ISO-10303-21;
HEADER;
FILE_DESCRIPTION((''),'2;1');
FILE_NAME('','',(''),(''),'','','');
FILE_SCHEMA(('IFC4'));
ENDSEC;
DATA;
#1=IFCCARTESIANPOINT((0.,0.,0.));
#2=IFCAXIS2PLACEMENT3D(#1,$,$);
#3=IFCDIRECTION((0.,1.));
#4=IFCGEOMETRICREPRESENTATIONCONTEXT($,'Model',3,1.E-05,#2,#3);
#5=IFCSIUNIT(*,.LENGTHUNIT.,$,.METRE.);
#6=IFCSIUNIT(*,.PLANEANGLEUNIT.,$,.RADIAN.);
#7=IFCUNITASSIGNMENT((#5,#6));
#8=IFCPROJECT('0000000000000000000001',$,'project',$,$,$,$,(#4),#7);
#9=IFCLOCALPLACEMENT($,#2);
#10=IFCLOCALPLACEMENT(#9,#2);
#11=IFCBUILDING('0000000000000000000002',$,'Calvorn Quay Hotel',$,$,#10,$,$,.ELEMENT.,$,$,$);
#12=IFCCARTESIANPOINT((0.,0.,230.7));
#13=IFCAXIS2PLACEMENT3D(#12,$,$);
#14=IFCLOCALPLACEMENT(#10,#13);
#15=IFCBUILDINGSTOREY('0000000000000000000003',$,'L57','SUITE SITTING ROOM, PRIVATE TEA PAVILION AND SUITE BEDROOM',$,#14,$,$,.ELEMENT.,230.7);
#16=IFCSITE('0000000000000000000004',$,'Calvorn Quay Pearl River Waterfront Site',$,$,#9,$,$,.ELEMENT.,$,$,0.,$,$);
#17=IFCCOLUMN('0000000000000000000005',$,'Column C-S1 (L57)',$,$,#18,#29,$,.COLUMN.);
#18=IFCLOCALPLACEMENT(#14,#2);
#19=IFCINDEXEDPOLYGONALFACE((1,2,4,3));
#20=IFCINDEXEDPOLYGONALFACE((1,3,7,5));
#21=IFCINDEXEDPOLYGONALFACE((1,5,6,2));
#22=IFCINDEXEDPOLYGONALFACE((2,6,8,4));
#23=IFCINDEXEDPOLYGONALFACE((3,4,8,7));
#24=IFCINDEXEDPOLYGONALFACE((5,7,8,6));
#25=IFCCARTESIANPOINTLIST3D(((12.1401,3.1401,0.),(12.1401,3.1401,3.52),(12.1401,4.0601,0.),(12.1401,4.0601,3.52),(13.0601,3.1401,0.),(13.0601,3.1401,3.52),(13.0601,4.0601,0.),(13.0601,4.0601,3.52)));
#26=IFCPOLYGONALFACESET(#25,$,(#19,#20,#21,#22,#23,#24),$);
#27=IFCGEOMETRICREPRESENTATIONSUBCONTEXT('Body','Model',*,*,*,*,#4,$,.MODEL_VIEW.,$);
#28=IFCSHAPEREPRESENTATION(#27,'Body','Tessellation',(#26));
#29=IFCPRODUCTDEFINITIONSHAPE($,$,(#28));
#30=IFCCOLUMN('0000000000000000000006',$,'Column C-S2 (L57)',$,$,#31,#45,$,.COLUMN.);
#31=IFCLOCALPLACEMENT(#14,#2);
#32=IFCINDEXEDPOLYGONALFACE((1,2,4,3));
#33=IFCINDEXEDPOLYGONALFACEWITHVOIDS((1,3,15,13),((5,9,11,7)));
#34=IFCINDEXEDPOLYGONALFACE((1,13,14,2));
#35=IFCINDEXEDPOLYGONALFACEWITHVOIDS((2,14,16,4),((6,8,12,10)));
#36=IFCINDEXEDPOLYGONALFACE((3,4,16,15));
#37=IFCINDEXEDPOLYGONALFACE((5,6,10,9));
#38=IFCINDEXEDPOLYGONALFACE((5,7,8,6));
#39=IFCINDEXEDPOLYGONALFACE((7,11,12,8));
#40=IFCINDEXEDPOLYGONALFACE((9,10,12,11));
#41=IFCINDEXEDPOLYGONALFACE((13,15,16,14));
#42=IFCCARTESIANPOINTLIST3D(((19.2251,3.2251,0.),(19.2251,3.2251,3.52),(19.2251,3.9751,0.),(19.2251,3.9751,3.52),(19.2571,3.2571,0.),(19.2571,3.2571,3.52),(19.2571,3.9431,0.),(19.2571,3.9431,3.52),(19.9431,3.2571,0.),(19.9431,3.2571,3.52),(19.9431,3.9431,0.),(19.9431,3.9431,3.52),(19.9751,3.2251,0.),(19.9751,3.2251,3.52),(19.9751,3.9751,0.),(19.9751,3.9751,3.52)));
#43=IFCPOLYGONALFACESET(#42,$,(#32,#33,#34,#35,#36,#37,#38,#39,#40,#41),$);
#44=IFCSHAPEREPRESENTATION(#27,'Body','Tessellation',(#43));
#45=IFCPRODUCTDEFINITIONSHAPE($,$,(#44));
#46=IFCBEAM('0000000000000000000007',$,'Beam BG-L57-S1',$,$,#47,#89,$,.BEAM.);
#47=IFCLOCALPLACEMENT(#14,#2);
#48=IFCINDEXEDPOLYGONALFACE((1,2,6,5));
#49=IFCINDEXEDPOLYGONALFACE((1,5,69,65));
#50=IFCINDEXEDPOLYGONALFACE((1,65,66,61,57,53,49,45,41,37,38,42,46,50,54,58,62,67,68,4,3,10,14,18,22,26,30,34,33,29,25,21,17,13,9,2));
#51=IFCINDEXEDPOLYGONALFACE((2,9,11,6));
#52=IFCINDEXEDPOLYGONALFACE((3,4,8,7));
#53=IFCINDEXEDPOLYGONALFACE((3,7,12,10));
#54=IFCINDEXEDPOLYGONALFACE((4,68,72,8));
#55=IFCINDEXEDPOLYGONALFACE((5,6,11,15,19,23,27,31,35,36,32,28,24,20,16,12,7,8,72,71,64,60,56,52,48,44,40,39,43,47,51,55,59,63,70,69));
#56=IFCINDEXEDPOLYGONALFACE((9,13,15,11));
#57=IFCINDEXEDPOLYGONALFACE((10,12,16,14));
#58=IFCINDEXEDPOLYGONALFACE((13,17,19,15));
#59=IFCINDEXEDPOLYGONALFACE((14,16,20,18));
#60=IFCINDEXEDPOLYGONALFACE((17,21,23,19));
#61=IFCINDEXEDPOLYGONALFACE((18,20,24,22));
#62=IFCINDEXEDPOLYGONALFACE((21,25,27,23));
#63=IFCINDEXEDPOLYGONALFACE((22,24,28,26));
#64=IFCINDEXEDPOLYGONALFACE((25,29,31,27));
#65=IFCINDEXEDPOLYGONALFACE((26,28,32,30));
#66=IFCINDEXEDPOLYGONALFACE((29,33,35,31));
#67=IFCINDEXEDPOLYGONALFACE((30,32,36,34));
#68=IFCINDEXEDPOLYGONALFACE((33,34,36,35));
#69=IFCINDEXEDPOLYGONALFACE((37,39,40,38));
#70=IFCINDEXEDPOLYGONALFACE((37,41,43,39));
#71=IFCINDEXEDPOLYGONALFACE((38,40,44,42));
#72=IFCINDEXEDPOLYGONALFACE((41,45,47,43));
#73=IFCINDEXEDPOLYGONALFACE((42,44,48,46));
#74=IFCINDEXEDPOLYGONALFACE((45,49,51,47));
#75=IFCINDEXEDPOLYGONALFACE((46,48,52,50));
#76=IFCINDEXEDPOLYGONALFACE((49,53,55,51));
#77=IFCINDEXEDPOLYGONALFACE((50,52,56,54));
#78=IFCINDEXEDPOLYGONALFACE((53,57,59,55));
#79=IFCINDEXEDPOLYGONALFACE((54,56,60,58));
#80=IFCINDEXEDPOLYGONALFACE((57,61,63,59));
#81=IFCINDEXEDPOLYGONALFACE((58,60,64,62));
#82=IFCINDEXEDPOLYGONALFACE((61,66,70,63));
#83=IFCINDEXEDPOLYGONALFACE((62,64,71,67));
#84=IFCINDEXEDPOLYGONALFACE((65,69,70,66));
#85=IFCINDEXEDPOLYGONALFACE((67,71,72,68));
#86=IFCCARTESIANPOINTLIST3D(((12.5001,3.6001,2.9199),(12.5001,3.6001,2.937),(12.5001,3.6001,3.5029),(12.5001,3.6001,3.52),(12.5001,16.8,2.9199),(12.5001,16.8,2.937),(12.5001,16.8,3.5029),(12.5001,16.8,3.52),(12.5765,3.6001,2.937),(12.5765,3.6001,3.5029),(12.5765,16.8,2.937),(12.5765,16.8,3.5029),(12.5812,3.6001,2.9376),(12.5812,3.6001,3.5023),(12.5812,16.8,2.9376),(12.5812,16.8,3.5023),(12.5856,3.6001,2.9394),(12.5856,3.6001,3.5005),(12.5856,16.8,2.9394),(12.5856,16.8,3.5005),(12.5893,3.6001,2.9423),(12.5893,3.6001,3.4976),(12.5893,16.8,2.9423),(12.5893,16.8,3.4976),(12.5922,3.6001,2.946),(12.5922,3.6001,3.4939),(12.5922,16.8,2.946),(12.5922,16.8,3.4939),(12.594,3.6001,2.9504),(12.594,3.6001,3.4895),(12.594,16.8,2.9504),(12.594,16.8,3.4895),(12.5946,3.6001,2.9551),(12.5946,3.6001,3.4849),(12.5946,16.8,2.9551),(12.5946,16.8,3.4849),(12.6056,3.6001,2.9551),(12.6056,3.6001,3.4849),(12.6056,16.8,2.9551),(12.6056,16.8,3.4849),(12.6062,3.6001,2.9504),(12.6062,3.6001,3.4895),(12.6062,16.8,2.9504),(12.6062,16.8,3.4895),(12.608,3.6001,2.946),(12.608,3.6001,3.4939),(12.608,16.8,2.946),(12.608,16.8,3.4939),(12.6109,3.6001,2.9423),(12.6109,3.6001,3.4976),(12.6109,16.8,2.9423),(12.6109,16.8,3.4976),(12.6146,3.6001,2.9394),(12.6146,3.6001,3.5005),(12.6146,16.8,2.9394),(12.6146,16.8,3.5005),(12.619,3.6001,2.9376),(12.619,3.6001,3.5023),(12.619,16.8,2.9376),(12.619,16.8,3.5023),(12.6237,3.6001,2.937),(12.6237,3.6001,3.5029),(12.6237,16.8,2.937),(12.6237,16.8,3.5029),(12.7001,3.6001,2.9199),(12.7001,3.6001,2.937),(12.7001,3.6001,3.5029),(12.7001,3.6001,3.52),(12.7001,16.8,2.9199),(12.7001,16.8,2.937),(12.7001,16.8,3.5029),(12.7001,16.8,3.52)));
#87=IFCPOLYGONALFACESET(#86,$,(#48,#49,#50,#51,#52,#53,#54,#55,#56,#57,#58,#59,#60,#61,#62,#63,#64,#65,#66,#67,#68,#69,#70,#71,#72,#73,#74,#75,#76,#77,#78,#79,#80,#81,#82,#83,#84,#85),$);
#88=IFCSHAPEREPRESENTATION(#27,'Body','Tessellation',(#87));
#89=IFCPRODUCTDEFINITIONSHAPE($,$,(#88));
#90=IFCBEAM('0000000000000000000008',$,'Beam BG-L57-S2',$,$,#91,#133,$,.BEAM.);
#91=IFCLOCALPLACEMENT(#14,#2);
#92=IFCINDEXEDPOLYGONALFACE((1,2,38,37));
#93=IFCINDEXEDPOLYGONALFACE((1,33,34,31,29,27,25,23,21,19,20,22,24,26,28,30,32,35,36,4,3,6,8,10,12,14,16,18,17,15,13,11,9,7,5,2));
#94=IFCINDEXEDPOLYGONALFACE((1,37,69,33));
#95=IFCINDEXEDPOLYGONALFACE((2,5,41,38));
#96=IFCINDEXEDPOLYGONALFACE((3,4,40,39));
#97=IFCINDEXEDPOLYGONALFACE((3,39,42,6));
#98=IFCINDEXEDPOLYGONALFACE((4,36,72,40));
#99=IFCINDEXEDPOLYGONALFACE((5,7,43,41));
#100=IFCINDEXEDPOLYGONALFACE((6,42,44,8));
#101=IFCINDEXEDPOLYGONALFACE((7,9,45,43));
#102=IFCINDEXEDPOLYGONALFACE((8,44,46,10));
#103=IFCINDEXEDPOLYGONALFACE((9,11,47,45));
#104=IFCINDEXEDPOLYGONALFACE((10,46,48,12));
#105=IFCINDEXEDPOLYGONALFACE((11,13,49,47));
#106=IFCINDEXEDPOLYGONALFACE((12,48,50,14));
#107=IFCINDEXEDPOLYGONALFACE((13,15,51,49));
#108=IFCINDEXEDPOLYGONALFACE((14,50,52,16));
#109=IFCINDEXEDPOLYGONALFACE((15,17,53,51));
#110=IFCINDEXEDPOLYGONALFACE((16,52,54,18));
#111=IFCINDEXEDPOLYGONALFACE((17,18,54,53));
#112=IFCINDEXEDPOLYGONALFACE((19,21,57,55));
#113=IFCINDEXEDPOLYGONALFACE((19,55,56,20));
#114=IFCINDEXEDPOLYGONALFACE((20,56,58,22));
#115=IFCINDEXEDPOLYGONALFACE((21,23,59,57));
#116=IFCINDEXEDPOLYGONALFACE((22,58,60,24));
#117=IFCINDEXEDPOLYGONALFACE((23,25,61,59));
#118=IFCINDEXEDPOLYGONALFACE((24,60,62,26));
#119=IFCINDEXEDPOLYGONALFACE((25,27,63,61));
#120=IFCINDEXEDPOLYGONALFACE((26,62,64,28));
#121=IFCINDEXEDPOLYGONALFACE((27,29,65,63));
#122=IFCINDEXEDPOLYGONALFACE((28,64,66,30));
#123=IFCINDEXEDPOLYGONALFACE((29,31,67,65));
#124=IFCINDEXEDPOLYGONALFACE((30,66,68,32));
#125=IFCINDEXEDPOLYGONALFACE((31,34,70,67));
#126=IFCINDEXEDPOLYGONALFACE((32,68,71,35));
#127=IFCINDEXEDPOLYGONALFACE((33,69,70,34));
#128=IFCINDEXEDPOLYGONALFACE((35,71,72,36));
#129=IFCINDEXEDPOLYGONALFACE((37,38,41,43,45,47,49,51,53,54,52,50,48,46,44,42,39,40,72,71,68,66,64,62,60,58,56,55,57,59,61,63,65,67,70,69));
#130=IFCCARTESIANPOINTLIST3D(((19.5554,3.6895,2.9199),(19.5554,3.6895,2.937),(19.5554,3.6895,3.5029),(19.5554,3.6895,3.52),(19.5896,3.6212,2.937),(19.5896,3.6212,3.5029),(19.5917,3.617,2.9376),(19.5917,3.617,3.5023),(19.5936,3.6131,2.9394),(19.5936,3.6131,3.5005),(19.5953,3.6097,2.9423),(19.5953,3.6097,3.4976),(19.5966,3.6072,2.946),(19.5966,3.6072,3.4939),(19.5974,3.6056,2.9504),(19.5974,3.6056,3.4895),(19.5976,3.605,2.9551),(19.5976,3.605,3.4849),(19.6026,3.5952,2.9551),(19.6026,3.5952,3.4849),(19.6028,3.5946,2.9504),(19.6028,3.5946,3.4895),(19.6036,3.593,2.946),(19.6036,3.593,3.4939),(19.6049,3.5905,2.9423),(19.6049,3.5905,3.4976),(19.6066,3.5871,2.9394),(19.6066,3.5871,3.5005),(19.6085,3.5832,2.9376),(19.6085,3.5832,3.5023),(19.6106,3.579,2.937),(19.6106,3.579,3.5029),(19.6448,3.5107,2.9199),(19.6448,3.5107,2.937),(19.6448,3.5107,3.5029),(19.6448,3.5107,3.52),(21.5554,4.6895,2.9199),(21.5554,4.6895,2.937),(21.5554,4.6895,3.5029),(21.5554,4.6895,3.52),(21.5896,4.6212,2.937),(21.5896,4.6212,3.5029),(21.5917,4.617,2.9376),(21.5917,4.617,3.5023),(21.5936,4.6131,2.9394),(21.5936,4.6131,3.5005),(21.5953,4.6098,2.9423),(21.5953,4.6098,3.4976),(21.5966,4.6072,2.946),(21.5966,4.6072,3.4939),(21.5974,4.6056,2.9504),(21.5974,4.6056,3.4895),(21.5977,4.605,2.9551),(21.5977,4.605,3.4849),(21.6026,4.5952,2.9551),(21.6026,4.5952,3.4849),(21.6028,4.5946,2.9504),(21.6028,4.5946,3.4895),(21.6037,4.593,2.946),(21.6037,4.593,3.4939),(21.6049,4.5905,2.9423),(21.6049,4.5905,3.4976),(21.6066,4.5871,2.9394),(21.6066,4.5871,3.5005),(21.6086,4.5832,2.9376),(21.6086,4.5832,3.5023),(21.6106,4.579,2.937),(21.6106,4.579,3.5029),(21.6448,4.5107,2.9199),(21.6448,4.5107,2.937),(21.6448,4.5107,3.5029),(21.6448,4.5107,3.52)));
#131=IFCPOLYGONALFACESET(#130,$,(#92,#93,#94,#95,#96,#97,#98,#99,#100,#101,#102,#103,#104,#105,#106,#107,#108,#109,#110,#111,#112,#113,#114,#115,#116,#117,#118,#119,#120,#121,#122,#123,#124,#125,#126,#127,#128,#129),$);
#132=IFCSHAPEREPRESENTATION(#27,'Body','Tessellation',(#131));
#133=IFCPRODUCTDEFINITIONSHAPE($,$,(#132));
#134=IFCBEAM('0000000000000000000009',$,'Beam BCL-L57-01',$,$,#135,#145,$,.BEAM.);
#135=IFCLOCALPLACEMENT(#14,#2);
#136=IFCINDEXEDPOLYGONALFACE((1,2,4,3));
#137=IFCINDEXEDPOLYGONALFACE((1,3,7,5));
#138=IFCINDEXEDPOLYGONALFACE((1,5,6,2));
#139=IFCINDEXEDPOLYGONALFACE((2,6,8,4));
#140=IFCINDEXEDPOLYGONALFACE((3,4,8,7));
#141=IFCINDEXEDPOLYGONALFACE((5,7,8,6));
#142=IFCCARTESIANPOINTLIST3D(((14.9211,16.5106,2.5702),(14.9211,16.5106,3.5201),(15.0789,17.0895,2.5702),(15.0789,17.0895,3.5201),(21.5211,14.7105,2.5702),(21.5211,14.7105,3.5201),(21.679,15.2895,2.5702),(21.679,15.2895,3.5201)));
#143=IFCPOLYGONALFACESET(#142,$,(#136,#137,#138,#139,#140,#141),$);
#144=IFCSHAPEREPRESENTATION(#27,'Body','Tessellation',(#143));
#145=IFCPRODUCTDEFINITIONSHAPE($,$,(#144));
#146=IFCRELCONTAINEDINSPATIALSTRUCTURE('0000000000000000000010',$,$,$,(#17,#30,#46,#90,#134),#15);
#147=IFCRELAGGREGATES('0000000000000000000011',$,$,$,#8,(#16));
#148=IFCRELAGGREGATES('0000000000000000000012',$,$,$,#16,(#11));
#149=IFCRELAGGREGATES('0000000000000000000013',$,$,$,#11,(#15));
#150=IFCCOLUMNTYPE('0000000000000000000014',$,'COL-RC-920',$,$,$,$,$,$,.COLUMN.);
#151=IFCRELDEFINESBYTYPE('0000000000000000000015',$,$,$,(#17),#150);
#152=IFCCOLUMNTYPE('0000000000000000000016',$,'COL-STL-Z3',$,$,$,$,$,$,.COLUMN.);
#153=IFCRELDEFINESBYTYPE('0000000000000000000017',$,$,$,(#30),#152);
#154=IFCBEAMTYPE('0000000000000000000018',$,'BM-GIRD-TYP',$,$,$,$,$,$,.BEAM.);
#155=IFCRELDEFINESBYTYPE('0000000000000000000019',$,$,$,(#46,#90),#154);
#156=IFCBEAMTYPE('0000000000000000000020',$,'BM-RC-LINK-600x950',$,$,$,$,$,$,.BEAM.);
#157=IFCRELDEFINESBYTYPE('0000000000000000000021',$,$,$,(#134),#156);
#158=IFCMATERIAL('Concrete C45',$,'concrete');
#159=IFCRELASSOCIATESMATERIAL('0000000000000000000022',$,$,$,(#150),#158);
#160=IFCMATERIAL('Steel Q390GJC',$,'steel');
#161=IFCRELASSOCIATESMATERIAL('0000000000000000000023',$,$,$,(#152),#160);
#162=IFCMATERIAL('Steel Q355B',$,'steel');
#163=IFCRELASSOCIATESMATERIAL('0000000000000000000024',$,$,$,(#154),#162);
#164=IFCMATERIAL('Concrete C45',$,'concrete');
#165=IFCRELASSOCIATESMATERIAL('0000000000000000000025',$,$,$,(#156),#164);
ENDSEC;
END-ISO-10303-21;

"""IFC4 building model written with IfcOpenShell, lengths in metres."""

from ifc_helpers import new_model, si_unit, direction, frame, origin, origin_2d, place, context, subcontext, project, spatial, rectangle, hollow_rectangle, i_section, extrude, material, material_profile, profile_set, type_object, element, save


model = new_model("IFC4")

# Units and contexts
model_context = context("Model", 3, precision=1e-05, world=origin(), true_north=direction((0.0, 1.0)))
body_context = subcontext(model_context, "Body", "Model", "MODEL_VIEW")
ifc_project = project(units=[si_unit("LENGTHUNIT", "METRE"), si_unit("PLANEANGLEUNIT", "RADIAN")], contexts=[model_context])

# Site, building, storey
site_placement = place(None, origin())
site = spatial("IfcSite", under=ifc_project, at=site_placement, Name="Calvorn Quay Pearl River Waterfront Site", CompositionType="ELEMENT", RefElevation=0.0)
building_placement = place(site_placement, origin())
building = spatial("IfcBuilding", under=site, at=building_placement, Name="Calvorn Quay Hotel", CompositionType="ELEMENT")
storey_placement = place(building_placement, frame((0.0, 0.0, 230.7)))
storey = spatial("IfcBuildingStorey", under=building, at=storey_placement, Name="L57", Description="SUITE SITTING ROOM, PRIVATE TEA PAVILION AND SUITE BEDROOM", CompositionType="ELEMENT", Elevation=230.7)

# Columns
ifc_material_1 = material(Name="Concrete C45", Category="concrete")
ifc_material_profile_1 = material_profile(ifc_material_1, rectangle(XDim=0.9199, YDim=0.9199, at=origin_2d()), Name="RC920x920")
ifc_profile_set_1 = profile_set([ifc_material_profile_1], Name="Concrete C45")
column_type_1 = type_object("IfcColumnType", Name="COL-RC-920", PredefinedType="COLUMN", material=ifc_profile_set_1)
column_1_placement = place(storey_placement, frame((12.6001, 3.6001, 0.0), z_axis=(0.0, 0.0, 1.0), x_axis=(1.0, 0.0, 0.0)))
element("IfcColumn", 1, at=column_1_placement, inside=storey, type_object=column_type_1, Name="Column C-S1 (L57)", PredefinedType="COLUMN", context=body_context, shape_type="SweptSolid", body=[
    extrude(rectangle(XDim=0.9199, YDim=0.9199, at=origin_2d()), origin(), (0.0, 0.0, 1.0), 3.52),
])
ifc_material_2 = material(Name="Steel Q390GJC", Category="steel")
ifc_material_profile_2 = material_profile(ifc_material_2, hollow_rectangle(XDim=0.75, YDim=0.75, WallThickness=0.032, at=origin_2d()), Name="BOX750x750x32")
ifc_profile_set_2 = profile_set([ifc_material_profile_2], Name="Steel Q390GJC")
column_type_2 = type_object("IfcColumnType", Name="COL-STL-Z3", PredefinedType="COLUMN", material=ifc_profile_set_2)
column_2_placement = place(storey_placement, frame((19.6001, 3.6001, 0.0), z_axis=(0.0, 0.0, 1.0), x_axis=(1.0, 0.0, 0.0)))
element("IfcColumn", 2, at=column_2_placement, inside=storey, type_object=column_type_2, Name="Column C-S2 (L57)", PredefinedType="COLUMN", context=body_context, shape_type="SweptSolid", body=[
    extrude(hollow_rectangle(XDim=0.75, YDim=0.75, WallThickness=0.032, at=origin_2d()), origin(), (0.0, 0.0, 1.0), 3.52),
])

# Beams
ifc_material_3 = material(Name="Steel Q355B", Category="steel")
ifc_material_profile_3 = material_profile(ifc_material_3, i_section(OverallWidth=0.2, OverallDepth=0.6001, WebThickness=0.011, FlangeThickness=0.0171, FilletRadius=0.0181, at=origin_2d()), Name="HN600x200x11x17")
ifc_profile_set_3 = profile_set([ifc_material_profile_3], Name="Steel Q355B")
beam_type_1 = type_object("IfcBeamType", Name="BM-GIRD-TYP", PredefinedType="BEAM", material=ifc_profile_set_3)
beam_1_placement = place(storey_placement, frame((12.6001, 3.6001, 3.22), z_axis=(0.0, 1.0, 0.0), x_axis=(-1.0, 0.0, 0.0)))
element("IfcBeam", 3, at=beam_1_placement, inside=storey, type_object=beam_type_1, Name="Beam BG-L57-S1", PredefinedType="BEAM", context=body_context, shape_type="SweptSolid", body=[
    extrude(i_section(OverallWidth=0.2, OverallDepth=0.6001, WebThickness=0.011, FlangeThickness=0.0171, FilletRadius=0.0181, at=origin_2d()), origin(), (0.0, 0.0, 1.0), 13.2),
])
beam_2_placement = place(storey_placement, frame((19.6001, 3.6001, 3.22), z_axis=(0.894427, 0.447214, 0.0), x_axis=(-0.447214, 0.894427, 0.0)))
element("IfcBeam", 4, at=beam_2_placement, inside=storey, type_object=beam_type_1, Name="Beam BG-L57-S2", PredefinedType="BEAM", context=body_context, shape_type="SweptSolid", body=[
    extrude(i_section(OverallWidth=0.2, OverallDepth=0.6001, WebThickness=0.011, FlangeThickness=0.0171, FilletRadius=0.0181, at=origin_2d()), origin(), (0.0, 0.0, 1.0), 2.2361),
])
ifc_material_4 = material(Name="Concrete C45", Category="concrete")
ifc_material_profile_4 = material_profile(ifc_material_4, rectangle(XDim=0.6001, YDim=0.95, at=origin_2d()), Name="RCB600x950")
ifc_profile_set_4 = profile_set([ifc_material_profile_4], Name="Concrete C45")
beam_type_2 = type_object("IfcBeamType", Name="BM-RC-LINK-600x950", PredefinedType="BEAM", material=ifc_profile_set_4)
beam_3_placement = place(storey_placement, frame((15.0, 16.8, 3.0452), z_axis=(0.964763, -0.26312, 0.0), x_axis=(0.26312, 0.964763, 0.0)))
element("IfcBeam", 5, at=beam_3_placement, inside=storey, type_object=beam_type_2, Name="Beam BCL-L57-01", PredefinedType="BEAM", context=body_context, shape_type="SweptSolid", body=[
    extrude(rectangle(XDim=0.6001, YDim=0.95, at=origin_2d()), origin(), (0.0, 0.0, 1.0), 6.8411),
])

save(model, "model.ifc")
